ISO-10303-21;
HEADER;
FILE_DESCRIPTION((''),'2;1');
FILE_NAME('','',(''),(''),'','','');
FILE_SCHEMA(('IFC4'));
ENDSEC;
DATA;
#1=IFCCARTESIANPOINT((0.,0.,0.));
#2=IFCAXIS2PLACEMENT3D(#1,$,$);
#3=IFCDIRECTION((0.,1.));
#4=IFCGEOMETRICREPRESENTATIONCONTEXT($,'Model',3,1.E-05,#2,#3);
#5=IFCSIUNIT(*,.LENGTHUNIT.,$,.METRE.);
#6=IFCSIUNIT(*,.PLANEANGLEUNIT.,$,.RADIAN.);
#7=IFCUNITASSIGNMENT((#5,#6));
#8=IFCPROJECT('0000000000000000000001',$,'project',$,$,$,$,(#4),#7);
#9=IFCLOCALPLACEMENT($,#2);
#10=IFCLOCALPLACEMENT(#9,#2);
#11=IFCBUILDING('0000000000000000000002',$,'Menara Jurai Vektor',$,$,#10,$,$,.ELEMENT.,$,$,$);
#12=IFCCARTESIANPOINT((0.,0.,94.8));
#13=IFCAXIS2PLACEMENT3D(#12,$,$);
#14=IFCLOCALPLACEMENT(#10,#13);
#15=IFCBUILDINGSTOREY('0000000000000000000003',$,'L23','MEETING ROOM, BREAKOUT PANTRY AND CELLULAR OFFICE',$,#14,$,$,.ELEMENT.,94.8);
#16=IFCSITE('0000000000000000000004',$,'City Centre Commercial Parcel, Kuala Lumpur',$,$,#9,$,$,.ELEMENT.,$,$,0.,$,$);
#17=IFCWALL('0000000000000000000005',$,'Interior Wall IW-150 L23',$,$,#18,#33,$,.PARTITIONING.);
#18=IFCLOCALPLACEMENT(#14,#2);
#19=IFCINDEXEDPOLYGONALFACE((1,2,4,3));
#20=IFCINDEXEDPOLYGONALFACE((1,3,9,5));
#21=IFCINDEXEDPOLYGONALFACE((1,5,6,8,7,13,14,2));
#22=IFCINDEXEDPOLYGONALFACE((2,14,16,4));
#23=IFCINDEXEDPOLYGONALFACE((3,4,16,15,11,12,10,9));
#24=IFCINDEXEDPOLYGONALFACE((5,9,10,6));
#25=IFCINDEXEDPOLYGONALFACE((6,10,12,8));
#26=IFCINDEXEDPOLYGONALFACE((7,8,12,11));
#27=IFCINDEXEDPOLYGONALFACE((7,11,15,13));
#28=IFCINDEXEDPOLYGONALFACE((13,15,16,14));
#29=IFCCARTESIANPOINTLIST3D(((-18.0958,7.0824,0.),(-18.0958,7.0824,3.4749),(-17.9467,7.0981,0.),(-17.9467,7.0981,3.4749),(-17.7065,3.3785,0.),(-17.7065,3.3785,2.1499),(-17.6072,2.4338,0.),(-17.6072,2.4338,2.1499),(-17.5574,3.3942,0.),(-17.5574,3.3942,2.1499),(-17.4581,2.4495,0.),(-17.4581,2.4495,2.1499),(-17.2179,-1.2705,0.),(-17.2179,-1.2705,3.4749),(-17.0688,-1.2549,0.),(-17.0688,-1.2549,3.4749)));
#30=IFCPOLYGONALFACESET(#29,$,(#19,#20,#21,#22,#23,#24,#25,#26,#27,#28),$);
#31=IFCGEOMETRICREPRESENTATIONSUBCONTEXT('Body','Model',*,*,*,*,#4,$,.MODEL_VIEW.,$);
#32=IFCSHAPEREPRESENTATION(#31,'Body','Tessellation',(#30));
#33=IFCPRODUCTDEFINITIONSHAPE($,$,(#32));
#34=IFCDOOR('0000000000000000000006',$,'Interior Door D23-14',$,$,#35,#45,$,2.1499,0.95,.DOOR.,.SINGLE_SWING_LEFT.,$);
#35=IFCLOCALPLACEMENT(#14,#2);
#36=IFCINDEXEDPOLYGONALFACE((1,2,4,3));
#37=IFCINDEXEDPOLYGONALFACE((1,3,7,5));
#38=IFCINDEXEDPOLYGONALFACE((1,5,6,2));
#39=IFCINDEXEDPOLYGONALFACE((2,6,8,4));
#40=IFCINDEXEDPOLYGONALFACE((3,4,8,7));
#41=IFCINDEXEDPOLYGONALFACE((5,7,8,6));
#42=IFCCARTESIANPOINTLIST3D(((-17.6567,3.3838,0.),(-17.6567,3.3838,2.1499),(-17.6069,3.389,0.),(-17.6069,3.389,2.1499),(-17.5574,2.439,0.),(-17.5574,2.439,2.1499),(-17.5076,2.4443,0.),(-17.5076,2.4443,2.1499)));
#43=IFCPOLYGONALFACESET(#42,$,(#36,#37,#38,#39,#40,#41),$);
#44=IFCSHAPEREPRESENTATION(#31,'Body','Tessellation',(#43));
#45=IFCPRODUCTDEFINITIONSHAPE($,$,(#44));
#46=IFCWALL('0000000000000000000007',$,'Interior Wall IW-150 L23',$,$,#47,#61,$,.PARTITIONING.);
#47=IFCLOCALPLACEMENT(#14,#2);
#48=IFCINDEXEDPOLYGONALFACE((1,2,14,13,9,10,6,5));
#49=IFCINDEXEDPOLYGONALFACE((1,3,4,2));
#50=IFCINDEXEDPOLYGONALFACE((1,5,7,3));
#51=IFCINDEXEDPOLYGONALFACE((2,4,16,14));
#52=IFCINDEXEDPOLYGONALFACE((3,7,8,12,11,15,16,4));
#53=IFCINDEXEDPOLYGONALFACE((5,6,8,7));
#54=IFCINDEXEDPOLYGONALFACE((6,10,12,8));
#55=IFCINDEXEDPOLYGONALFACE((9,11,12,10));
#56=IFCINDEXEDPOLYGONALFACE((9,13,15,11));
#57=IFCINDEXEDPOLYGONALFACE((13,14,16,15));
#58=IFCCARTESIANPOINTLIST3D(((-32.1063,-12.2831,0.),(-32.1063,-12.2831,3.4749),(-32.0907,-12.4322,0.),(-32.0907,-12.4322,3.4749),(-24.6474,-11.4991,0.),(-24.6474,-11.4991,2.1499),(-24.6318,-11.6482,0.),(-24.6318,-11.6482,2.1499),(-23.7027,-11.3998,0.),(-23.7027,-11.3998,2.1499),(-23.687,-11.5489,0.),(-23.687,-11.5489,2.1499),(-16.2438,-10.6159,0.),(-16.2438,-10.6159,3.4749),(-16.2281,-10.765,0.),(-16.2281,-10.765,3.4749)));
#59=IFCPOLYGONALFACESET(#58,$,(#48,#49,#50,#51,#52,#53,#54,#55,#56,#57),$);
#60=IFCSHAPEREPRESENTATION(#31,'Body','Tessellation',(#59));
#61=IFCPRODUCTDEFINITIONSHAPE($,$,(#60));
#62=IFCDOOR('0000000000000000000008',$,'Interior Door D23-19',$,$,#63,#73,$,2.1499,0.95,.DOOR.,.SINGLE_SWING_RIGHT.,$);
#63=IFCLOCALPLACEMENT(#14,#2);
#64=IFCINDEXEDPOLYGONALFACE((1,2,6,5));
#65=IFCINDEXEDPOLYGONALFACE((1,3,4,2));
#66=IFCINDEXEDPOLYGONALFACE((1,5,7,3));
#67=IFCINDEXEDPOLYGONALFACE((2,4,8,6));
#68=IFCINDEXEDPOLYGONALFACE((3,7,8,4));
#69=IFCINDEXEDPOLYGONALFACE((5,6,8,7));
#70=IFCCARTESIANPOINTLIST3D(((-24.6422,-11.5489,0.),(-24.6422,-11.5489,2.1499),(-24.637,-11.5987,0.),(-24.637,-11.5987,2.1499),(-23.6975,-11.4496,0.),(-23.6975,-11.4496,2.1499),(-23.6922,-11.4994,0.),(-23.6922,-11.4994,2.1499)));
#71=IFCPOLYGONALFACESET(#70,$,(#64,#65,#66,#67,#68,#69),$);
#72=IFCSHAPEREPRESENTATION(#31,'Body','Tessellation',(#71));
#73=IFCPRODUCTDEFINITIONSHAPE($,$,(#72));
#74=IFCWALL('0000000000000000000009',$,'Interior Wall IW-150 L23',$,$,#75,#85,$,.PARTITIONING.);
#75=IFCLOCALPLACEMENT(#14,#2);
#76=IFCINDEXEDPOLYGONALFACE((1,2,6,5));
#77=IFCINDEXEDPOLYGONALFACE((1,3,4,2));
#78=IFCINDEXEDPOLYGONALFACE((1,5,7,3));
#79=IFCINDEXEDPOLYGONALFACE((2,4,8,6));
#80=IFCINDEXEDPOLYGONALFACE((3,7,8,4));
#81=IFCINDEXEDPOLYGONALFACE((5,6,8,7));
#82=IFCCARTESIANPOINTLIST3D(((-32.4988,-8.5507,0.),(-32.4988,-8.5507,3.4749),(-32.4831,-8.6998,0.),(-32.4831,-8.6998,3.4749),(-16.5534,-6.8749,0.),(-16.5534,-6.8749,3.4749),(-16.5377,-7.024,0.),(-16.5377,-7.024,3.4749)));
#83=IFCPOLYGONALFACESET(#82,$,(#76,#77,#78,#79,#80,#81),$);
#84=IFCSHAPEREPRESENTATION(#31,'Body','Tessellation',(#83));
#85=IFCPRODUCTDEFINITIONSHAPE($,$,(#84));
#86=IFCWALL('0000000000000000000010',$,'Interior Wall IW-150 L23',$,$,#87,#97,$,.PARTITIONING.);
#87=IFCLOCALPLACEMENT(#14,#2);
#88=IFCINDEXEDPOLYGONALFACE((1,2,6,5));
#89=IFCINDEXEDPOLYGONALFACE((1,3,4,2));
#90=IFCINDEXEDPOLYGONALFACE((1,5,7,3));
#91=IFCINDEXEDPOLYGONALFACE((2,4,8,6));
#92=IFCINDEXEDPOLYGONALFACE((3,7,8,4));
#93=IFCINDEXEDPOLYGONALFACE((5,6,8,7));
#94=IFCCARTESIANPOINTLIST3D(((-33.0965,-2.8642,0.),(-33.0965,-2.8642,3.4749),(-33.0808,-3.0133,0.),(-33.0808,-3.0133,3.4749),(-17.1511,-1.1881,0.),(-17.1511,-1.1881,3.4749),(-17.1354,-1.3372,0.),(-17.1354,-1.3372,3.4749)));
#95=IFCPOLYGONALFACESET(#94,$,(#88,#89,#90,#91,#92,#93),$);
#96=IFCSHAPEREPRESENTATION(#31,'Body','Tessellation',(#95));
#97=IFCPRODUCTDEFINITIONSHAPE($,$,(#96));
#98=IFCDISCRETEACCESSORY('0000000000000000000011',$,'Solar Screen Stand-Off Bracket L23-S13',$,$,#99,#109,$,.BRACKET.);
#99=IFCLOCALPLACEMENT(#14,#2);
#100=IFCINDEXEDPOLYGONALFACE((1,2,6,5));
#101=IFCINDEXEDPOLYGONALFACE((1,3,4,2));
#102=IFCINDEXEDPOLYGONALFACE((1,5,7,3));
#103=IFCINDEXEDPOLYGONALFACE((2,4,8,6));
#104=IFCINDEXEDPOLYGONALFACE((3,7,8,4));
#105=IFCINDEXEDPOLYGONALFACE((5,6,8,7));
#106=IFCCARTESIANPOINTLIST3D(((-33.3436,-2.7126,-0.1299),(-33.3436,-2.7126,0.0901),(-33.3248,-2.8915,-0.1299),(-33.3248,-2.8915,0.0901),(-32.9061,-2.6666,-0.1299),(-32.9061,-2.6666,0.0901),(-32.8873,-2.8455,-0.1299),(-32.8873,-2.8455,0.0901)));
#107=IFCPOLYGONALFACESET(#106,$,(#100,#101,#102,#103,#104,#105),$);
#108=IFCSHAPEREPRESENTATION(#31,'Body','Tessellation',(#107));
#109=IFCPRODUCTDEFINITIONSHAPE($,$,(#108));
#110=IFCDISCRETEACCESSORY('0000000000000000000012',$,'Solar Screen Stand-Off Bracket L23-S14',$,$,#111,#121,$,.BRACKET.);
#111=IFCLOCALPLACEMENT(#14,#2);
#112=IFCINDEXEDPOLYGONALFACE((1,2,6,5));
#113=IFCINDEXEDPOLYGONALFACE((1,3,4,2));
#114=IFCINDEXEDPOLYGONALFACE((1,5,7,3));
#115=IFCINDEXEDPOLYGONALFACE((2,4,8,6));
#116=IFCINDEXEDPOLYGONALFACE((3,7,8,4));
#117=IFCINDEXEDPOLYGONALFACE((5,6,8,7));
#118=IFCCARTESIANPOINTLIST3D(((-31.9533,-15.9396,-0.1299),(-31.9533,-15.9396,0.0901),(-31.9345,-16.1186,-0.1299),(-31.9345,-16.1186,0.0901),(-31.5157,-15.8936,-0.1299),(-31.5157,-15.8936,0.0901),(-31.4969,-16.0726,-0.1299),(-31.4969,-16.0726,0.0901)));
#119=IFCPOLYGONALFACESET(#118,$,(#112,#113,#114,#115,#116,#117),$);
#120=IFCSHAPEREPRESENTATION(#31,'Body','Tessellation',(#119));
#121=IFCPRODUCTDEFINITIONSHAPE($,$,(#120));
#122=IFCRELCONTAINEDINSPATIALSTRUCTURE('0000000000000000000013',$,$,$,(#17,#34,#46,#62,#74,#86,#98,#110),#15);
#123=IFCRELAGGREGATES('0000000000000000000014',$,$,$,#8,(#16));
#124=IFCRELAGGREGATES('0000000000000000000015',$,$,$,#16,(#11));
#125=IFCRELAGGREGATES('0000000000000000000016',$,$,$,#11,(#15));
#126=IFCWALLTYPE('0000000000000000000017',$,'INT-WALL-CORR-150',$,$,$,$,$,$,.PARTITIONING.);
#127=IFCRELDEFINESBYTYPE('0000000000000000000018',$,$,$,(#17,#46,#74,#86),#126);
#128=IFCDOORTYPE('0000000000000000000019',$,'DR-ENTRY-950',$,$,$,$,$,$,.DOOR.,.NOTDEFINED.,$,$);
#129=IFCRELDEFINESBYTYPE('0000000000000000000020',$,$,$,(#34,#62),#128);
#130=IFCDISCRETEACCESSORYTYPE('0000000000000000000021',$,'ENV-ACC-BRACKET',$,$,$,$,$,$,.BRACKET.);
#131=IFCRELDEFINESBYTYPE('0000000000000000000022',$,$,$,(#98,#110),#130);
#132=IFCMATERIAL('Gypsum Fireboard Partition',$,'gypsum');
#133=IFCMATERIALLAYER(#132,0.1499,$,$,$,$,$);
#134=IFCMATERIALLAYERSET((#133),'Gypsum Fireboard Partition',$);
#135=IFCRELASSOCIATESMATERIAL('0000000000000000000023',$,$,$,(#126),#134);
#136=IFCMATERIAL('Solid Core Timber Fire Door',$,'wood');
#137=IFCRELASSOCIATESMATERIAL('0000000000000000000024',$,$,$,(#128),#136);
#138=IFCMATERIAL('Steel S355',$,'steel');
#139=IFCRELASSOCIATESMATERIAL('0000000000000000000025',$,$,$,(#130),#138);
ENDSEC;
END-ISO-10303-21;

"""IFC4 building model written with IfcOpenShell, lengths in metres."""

from ifc_helpers import new_model, si_unit, direction, frame, frame_2d, origin, origin_2d, place, context, subcontext, project, spatial, rectangle, extrude, material, layer, layer_set, type_object, element, fill, save


model = new_model("IFC4")

# Units and contexts
model_context = context("Model", 3, precision=1e-05, world=origin(), true_north=direction((0.0, 1.0)))
body_context = subcontext(model_context, "Body", "Model", "MODEL_VIEW")
ifc_project = project(units=[si_unit("LENGTHUNIT", "METRE"), si_unit("PLANEANGLEUNIT", "RADIAN")], contexts=[model_context])

# Site, building, storey
site_placement = place(None, origin())
site = spatial("IfcSite", under=ifc_project, at=site_placement, Name="City Centre Commercial Parcel, Kuala Lumpur", CompositionType="ELEMENT", RefElevation=0.0)
building_placement = place(site_placement, origin())
building = spatial("IfcBuilding", under=site, at=building_placement, Name="Menara Jurai Vektor", CompositionType="ELEMENT")
storey_placement = place(building_placement, frame((0.0, 0.0, 94.8)))
storey = spatial("IfcBuildingStorey", under=building, at=storey_placement, Name="L23", Description="MEETING ROOM, BREAKOUT PANTRY AND CELLULAR OFFICE", CompositionType="ELEMENT", Elevation=94.8)

# Shared definitions
ifc_material_1 = material(Name="Steel S355", Category="steel")

# Walls, openings, doors
ifc_material_2 = material(Name="Gypsum Fireboard Partition", Category="gypsum")
ifc_layer_1 = layer(ifc_material_2, 0.1499)
ifc_layer_set_1 = layer_set([ifc_layer_1], Name="Gypsum Fireboard Partition")
wall_type = type_object("IfcWallType", Name="INT-WALL-CORR-150", PredefinedType="PARTITIONING", material=ifc_layer_set_1)
ifc_material_3 = material(Name="Solid Core Timber Fire Door", Category="wood")
door_type = type_object("IfcDoorType", Name="DR-ENTRY-950", OperationType="NOTDEFINED", PredefinedType="DOOR", material=ifc_material_3)
wall_1_placement = place(storey_placement, frame((-17.1433, -1.2627, 0.0), z_axis=(0.0, 0.0, 1.0), x_axis=(-0.104527, 0.994522, 0.0)))
wall_1 = element("IfcWall", 1, at=wall_1_placement, inside=storey, type_object=wall_type, Name="Interior Wall IW-150 L23", PredefinedType="PARTITIONING", context=body_context, shape_type="SweptSolid", body=[
    extrude(rectangle(XDim=8.3989, YDim=0.1499, at=frame_2d((4.1995, 0.0))), origin(), (0.0, 0.0, 1.0), 3.4749),
])
opening_1_placement = place(wall_1_placement, frame((3.7246, 0.0, 0.0)))
opening_1 = element("IfcOpeningElement", 2, at=opening_1_placement, cuts=wall_1, PredefinedType="OPENING", context=body_context, shape_type="SweptSolid", body=[
    extrude(rectangle(XDim=0.95, YDim=2.1499, at=frame_2d((0.4751, 1.075))), frame((0.0, 0.085, 0.0), z_axis=(0.0, -1.0, 0.0), x_axis=(1.0, 0.0, 0.0)), (0.0, 0.0, 1.0), 0.1699),
])
door_1_placement = place(opening_1_placement, origin())
door_1 = element("IfcDoor", 3, at=door_1_placement, inside=storey, type_object=door_type, Name="Interior Door D23-14", OperationType="SINGLE_SWING_LEFT", OverallHeight=2.1499, OverallWidth=0.95, PredefinedType="DOOR", context=body_context, shape_type="SweptSolid", body=[
    extrude(rectangle(XDim=0.95, YDim=2.1499, at=frame_2d((0.4751, 1.075))), frame((0.0, 0.0249, 0.0), z_axis=(0.0, -1.0, 0.0), x_axis=(1.0, 0.0, 0.0)), (0.0, 0.0, 1.0), 0.05),
])
fill(opening_1, door_1)
wall_2_placement = place(storey_placement, frame((-32.0986, -12.3577, 0.0), z_axis=(0.0, 0.0, 1.0), x_axis=(0.994522, 0.104529, 0.0)))
wall_2 = element("IfcWall", 4, at=wall_2_placement, inside=storey, type_object=wall_type, Name="Interior Wall IW-150 L23", PredefinedType="PARTITIONING", context=body_context, shape_type="SweptSolid", body=[
    extrude(rectangle(XDim=15.95, YDim=0.1499, at=frame_2d((7.9751, 0.0))), origin(), (0.0, 0.0, 1.0), 3.4749),
])
opening_2_placement = place(wall_2_placement, frame((7.5, 0.0, 0.0)))
opening_2 = element("IfcOpeningElement", 5, at=opening_2_placement, cuts=wall_2, PredefinedType="OPENING", context=body_context, shape_type="SweptSolid", body=[
    extrude(rectangle(XDim=0.95, YDim=2.1499, at=frame_2d((0.4751, 1.075))), frame((0.0, 0.085, 0.0), z_axis=(0.0, -1.0, 0.0), x_axis=(1.0, 0.0, 0.0)), (0.0, 0.0, 1.0), 0.1699),
])
door_2_placement = place(opening_2_placement, origin())
door_2 = element("IfcDoor", 6, at=door_2_placement, inside=storey, type_object=door_type, Name="Interior Door D23-19", OperationType="SINGLE_SWING_RIGHT", OverallHeight=2.1499, OverallWidth=0.95, PredefinedType="DOOR", context=body_context, shape_type="SweptSolid", body=[
    extrude(rectangle(XDim=0.95, YDim=2.1499, at=frame_2d((0.4751, 1.075))), frame((0.0, 0.0249, 0.0), z_axis=(0.0, -1.0, 0.0), x_axis=(1.0, 0.0, 0.0)), (0.0, 0.0, 1.0), 0.05),
])
fill(opening_2, door_2)

# Walls
for number, where, z_axis, x_axis, name in (
    (7, (-32.491, -8.6252, 0.0), (0.0, 0.0, 1.0), (0.994523, 0.10452, 0.0), "Interior Wall IW-150 L23"),
    (8, (-33.0886, -2.9387, 0.0), (0.0, 0.0, 1.0), (0.994521, 0.104535, 0.0), "Interior Wall IW-150 L23"),
):
    element("IfcWall", number, at=place(storey_placement, frame(where, z_axis=z_axis, x_axis=x_axis)), inside=storey, type_object=wall_type, Name=name, PredefinedType="PARTITIONING", context=body_context, shape_type="SweptSolid", body=[
        extrude(rectangle(XDim=16.0332, YDim=0.1499, at=frame_2d((8.0166, 0.0))), origin(), (0.0, 0.0, 1.0), 3.4749),
    ])

# Discrete accessories
discrete_accessory_type = type_object("IfcDiscreteAccessoryType", Name="ENV-ACC-BRACKET", PredefinedType="BRACKET", material=ifc_material_1)
for number, where, z_axis, x_axis, name in (
    (9, (-33.1155, -2.7791, -0.1299), (0.0, 0.0, 1.0), (0.104528, -0.994522, 0.0), "Solar Screen Stand-Off Bracket L23-S13"),
    (10, (-31.7251, -16.0061, -0.1299), (0.0, 0.0, 1.0), (0.104528, -0.994522, 0.0), "Solar Screen Stand-Off Bracket L23-S14"),
):
    element("IfcDiscreteAccessory", number, at=place(storey_placement, frame(where, z_axis=z_axis, x_axis=x_axis)), inside=storey, type_object=discrete_accessory_type, Name=name, PredefinedType="BRACKET", context=body_context, shape_type="SweptSolid", body=[
        extrude(rectangle(XDim=0.1799, YDim=0.4399, at=origin_2d()), origin(), (0.0, 0.0, 1.0), 0.22),
    ])

save(model, "model.ifc")
